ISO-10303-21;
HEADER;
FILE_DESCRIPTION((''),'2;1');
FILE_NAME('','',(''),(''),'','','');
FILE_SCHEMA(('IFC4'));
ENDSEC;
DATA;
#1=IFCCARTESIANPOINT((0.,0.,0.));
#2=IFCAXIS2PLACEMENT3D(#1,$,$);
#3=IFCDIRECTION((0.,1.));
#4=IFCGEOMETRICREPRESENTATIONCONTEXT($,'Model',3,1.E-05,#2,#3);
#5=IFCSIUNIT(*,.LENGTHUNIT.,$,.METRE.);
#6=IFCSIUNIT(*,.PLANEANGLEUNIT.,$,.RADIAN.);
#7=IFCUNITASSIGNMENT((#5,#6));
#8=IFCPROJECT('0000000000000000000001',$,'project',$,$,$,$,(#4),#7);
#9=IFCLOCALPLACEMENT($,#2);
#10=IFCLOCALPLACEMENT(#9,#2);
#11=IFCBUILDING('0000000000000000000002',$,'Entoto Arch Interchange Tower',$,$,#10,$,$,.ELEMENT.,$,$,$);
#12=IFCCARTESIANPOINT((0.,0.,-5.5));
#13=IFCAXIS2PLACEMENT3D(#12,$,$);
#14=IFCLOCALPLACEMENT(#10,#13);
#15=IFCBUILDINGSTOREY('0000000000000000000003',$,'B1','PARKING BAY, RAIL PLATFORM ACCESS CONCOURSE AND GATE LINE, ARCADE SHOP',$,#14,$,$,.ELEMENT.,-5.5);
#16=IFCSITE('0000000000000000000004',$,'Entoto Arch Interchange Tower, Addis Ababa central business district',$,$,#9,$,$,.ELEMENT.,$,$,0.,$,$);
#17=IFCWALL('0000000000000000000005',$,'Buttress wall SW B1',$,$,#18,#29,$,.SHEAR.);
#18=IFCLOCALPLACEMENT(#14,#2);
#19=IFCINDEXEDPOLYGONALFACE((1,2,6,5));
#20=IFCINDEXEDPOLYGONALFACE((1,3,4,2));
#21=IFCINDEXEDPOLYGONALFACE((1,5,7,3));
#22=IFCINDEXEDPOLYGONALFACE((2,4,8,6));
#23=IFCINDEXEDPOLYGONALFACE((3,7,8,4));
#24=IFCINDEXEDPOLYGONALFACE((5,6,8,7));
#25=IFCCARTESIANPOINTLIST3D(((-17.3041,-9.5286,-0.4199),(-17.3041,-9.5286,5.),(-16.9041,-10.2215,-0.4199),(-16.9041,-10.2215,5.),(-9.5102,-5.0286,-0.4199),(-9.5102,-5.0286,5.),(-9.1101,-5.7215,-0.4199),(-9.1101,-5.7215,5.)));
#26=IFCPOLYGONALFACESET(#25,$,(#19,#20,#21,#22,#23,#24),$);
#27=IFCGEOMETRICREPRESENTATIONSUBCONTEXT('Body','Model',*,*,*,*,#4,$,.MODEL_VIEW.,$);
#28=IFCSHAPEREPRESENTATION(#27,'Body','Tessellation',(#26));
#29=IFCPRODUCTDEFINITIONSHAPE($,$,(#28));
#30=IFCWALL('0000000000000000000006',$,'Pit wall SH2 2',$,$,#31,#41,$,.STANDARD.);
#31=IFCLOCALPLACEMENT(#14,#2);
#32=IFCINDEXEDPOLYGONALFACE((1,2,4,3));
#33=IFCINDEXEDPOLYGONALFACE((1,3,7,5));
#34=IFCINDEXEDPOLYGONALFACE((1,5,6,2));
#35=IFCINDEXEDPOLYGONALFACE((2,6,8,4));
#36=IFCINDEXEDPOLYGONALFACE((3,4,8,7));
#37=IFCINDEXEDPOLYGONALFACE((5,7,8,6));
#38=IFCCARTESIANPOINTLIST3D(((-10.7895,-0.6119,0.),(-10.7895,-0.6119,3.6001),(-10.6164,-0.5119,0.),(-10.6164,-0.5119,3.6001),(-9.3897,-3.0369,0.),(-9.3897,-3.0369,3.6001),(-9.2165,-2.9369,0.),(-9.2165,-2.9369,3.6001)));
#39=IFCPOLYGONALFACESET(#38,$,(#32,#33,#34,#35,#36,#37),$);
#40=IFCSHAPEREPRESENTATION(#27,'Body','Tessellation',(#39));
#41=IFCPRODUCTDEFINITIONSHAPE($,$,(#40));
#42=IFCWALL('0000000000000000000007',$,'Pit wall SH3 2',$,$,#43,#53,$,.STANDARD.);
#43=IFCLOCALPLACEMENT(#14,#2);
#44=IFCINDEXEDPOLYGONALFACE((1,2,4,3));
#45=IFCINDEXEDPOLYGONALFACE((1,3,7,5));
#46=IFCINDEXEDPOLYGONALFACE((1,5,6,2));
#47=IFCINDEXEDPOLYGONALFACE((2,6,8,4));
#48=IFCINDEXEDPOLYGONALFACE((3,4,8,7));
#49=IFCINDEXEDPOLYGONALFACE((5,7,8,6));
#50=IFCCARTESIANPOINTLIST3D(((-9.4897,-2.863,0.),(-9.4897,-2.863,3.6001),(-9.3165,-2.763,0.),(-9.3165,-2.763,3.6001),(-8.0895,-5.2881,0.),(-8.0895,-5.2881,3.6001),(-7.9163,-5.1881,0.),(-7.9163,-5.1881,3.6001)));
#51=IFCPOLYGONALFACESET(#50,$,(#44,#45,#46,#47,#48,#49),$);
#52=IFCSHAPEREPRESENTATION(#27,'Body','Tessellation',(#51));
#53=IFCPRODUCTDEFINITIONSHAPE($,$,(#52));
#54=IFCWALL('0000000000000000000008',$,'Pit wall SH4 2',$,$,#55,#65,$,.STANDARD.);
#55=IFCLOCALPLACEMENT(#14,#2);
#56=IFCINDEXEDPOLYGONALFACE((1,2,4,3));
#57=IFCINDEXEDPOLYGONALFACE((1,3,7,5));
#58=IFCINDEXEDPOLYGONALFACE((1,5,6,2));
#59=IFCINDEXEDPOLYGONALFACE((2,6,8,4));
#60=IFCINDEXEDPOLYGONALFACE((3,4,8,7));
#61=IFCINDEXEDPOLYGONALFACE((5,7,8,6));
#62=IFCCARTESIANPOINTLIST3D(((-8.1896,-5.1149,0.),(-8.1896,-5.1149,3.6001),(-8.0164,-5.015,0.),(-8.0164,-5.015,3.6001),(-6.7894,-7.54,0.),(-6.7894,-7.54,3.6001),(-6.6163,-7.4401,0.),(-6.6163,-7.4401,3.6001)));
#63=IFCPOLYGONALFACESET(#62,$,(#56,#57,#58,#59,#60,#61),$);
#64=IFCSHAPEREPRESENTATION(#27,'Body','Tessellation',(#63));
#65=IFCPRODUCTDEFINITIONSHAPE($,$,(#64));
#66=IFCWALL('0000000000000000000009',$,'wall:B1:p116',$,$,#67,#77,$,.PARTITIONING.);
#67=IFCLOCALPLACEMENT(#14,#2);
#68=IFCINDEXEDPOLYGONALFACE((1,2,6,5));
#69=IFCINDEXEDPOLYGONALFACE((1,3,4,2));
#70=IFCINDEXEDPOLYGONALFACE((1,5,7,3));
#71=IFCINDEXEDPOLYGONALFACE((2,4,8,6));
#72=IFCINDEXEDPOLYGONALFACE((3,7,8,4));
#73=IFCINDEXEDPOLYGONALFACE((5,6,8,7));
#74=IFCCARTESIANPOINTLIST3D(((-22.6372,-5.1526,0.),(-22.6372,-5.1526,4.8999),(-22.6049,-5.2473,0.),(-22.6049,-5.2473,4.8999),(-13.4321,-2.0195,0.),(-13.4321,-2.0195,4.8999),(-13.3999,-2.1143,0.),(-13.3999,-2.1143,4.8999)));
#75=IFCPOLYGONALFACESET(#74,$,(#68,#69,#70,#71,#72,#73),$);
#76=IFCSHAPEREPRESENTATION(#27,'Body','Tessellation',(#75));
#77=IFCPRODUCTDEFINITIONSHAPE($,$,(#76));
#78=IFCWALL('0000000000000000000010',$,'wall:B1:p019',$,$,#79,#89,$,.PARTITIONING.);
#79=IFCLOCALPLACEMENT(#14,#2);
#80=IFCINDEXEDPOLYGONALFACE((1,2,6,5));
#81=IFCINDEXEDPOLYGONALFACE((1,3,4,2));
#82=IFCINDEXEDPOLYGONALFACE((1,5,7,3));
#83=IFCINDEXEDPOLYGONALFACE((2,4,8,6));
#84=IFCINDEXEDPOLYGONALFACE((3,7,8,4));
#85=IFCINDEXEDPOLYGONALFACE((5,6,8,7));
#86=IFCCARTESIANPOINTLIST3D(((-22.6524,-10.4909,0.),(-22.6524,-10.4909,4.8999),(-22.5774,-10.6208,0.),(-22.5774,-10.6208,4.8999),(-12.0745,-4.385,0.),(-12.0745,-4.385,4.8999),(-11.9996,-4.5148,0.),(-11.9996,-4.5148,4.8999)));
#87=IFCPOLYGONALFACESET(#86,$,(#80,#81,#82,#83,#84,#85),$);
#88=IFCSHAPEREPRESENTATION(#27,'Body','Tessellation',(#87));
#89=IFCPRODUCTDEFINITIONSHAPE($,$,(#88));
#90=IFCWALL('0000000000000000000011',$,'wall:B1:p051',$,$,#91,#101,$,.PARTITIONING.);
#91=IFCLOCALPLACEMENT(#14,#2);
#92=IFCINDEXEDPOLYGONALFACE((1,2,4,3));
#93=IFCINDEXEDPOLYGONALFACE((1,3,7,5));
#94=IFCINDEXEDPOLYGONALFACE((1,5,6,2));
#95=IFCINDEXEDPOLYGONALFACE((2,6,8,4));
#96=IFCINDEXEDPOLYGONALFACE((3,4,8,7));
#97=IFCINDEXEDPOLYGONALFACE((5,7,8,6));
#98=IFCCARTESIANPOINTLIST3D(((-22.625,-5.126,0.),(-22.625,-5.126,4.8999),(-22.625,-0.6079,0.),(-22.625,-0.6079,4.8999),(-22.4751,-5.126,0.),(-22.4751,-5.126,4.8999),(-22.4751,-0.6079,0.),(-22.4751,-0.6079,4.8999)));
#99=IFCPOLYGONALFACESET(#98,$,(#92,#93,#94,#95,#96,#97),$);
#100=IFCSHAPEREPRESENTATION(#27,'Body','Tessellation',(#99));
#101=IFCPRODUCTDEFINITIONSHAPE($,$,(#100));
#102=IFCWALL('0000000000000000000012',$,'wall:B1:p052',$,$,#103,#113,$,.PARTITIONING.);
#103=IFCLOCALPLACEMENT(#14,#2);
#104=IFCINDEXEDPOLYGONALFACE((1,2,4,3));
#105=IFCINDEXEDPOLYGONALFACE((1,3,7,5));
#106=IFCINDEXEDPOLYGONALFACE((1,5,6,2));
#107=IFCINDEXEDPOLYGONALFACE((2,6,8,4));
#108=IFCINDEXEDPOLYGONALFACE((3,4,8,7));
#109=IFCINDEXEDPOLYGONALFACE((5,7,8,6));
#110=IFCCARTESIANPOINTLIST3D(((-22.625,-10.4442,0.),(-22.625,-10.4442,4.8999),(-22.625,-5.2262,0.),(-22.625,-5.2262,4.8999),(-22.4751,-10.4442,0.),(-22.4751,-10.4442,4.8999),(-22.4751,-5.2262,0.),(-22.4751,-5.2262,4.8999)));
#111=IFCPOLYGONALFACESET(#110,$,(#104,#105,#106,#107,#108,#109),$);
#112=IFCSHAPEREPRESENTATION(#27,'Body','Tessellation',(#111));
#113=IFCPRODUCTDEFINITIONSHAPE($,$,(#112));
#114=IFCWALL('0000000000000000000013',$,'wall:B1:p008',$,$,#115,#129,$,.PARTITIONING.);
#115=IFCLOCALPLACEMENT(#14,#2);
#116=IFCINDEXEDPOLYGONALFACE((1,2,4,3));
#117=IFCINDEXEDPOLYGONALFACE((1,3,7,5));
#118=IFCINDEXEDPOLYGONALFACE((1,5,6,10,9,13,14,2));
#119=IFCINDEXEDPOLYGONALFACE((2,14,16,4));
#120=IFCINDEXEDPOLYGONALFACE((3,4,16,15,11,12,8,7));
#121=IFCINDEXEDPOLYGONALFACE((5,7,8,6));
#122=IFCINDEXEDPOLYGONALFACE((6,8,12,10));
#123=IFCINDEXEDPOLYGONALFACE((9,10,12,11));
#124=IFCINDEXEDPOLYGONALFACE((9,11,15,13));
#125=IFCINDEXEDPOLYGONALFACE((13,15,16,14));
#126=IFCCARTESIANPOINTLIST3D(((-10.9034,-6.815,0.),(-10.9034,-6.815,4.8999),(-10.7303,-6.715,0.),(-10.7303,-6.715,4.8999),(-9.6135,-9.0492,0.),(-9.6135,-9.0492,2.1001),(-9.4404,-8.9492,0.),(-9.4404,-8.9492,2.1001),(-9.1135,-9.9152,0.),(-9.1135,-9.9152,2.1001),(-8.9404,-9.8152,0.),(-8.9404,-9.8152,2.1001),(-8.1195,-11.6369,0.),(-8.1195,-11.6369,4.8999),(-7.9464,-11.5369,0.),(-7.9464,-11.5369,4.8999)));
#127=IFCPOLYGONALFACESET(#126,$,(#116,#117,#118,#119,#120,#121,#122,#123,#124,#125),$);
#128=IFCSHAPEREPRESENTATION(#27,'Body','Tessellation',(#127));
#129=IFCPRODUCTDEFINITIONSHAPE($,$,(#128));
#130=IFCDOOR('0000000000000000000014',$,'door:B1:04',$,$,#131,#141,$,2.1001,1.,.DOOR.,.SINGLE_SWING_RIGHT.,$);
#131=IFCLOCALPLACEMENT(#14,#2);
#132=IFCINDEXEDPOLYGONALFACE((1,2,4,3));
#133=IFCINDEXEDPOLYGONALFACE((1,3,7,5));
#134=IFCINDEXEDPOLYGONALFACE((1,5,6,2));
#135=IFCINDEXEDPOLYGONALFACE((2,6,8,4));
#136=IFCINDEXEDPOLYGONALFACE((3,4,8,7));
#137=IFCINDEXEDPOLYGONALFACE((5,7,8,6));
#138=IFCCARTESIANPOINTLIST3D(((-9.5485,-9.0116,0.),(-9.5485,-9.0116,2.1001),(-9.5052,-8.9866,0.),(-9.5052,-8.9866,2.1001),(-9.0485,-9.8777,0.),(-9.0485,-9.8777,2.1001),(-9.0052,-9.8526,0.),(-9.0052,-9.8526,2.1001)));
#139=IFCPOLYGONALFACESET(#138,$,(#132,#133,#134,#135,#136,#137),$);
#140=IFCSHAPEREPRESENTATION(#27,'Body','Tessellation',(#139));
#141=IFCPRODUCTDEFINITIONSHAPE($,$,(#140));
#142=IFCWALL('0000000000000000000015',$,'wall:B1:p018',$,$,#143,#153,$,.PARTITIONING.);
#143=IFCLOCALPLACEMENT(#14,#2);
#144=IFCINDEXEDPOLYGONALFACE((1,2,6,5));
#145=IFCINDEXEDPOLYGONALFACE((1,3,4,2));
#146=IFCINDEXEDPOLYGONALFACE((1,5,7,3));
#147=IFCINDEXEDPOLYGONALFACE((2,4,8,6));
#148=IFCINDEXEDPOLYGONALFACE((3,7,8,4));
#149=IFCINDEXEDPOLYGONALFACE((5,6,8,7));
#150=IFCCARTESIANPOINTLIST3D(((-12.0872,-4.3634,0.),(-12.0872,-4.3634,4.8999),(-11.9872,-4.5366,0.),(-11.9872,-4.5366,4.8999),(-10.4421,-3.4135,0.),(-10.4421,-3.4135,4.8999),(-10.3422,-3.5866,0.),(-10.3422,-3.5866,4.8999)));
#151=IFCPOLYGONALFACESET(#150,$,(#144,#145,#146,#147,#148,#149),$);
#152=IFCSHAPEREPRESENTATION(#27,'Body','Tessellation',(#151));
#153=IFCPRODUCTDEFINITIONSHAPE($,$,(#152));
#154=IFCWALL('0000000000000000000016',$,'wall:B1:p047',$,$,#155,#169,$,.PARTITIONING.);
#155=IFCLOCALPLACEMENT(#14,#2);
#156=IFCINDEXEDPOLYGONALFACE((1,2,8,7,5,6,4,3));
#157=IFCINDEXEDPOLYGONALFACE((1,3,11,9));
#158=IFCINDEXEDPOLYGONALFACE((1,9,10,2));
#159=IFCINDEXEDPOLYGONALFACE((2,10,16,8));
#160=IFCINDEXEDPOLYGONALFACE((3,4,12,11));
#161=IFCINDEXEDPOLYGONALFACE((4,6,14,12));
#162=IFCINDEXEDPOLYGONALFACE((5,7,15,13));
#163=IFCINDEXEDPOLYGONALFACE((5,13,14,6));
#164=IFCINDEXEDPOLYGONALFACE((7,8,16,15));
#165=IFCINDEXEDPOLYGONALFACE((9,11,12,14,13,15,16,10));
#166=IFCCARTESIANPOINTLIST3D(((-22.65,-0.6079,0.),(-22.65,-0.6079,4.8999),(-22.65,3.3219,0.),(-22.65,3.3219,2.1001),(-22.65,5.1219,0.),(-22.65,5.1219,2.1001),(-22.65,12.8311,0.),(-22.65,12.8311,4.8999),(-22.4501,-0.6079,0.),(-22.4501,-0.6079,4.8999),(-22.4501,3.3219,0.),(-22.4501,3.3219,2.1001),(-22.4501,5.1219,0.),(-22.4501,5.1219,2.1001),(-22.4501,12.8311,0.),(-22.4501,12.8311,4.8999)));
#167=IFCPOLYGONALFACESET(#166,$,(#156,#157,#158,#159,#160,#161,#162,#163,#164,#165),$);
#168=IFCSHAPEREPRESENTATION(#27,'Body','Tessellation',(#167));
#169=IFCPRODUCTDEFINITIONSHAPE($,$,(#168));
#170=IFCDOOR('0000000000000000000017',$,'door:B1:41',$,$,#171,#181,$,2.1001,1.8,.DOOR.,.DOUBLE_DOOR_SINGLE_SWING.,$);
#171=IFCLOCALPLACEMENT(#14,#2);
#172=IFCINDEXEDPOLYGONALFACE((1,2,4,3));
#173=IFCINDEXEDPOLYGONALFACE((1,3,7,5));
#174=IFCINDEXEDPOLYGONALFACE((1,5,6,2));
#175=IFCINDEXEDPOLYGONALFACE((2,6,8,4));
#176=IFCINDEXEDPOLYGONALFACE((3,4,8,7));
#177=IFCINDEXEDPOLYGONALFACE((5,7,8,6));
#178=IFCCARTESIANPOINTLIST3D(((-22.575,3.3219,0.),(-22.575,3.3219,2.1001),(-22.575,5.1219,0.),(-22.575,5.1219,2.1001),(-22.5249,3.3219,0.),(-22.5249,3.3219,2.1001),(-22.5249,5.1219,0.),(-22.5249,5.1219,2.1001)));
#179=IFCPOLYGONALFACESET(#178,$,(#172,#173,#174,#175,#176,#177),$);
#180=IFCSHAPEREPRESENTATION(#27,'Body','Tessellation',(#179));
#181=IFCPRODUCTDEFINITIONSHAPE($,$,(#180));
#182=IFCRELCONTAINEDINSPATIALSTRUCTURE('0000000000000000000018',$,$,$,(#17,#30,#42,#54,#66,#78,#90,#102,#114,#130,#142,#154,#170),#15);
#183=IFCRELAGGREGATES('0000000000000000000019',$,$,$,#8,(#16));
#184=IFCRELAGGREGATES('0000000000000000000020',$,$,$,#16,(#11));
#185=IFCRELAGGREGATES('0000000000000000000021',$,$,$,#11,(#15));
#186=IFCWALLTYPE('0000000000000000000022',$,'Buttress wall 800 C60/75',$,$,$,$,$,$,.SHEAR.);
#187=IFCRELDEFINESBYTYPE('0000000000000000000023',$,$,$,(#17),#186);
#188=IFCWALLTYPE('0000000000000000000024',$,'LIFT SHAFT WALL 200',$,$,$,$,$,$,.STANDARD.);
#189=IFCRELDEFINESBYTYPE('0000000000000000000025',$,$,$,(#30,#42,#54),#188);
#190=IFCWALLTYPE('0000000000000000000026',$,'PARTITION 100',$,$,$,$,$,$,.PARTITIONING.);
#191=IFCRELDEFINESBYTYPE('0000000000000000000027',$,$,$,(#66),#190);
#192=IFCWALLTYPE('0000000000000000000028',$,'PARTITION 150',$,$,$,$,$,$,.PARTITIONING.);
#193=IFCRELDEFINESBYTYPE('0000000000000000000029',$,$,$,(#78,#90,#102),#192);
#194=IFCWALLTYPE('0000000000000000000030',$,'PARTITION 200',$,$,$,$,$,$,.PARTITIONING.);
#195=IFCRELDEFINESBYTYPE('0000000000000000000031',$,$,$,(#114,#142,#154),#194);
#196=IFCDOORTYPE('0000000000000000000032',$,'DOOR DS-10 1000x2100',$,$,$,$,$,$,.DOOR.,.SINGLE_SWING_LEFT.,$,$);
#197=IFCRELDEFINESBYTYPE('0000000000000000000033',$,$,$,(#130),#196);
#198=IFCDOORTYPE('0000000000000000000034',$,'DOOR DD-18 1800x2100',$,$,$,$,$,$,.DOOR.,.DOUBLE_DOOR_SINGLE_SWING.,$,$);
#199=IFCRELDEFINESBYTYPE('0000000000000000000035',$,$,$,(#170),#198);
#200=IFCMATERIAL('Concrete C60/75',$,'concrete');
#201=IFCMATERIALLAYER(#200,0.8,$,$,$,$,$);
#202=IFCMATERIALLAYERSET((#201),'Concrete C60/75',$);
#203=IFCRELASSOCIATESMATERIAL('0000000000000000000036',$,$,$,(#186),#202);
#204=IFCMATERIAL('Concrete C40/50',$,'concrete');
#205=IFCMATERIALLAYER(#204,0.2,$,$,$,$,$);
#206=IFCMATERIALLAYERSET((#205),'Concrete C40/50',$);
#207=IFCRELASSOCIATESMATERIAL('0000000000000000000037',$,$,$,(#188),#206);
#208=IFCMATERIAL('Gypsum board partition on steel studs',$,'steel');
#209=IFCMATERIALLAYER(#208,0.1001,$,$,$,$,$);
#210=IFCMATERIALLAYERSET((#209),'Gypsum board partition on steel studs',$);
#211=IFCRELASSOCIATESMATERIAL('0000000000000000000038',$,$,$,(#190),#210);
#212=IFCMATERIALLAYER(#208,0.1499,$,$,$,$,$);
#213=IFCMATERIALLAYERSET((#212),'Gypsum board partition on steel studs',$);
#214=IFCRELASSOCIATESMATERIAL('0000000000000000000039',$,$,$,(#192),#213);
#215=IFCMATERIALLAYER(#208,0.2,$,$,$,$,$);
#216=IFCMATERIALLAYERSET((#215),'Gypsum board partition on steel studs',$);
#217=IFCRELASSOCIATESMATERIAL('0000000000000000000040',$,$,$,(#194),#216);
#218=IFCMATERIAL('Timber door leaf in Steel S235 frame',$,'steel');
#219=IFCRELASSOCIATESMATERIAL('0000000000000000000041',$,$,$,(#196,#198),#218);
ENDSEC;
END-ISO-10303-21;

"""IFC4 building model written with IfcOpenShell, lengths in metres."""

from ifc_helpers import new_model, si_unit, direction, frame, frame_2d, origin, place, context, subcontext, project, spatial, rectangle, extrude, material, layer, layer_set, type_object, element, fill, save


model = new_model("IFC4")

# Units and contexts
model_context = context("Model", 3, precision=1e-05, world=origin(), true_north=direction((0.0, 1.0)))
body_context = subcontext(model_context, "Body", "Model", "MODEL_VIEW")
ifc_project = project(units=[si_unit("LENGTHUNIT", "METRE"), si_unit("PLANEANGLEUNIT", "RADIAN")], contexts=[model_context])

# Site, building, storey
site_placement = place(None, origin())
site = spatial("IfcSite", under=ifc_project, at=site_placement, Name="Entoto Arch Interchange Tower, Addis Ababa central business district", CompositionType="ELEMENT", RefElevation=0.0)
building_placement = place(site_placement, origin())
building = spatial("IfcBuilding", under=site, at=building_placement, Name="Entoto Arch Interchange Tower", CompositionType="ELEMENT")
storey_placement = place(building_placement, frame((0.0, 0.0, -5.5)))
storey = spatial("IfcBuildingStorey", under=building, at=storey_placement, Name="B1", Description="PARKING BAY, RAIL PLATFORM ACCESS CONCOURSE AND GATE LINE, ARCADE SHOP", CompositionType="ELEMENT", Elevation=-5.5)

# Walls
ifc_material_1 = material(Name="Concrete C60/75", Category="concrete")
ifc_layer_1 = layer(ifc_material_1, 0.8)
ifc_layer_set_1 = layer_set([ifc_layer_1], Name="Concrete C60/75")
wall_type_1 = type_object("IfcWallType", Name="Buttress wall 800 C60/75", PredefinedType="SHEAR", material=ifc_layer_set_1)
wall_1_placement = place(storey_placement, frame((-9.3101, -5.375, -0.4199), z_axis=(0.0, 0.0, 1.0), x_axis=(-0.866018, -0.500014, 0.0)))
element("IfcWall", 1, at=wall_1_placement, inside=storey, type_object=wall_type_1, Name="Buttress wall SW B1", PredefinedType="SHEAR", context=body_context, shape_type="SweptSolid", body=[
    extrude(rectangle(XDim=8.9998, YDim=0.8, at=frame_2d((4.5, 0.0))), origin(), (0.0, 0.0, 1.0), 5.4199),
])
ifc_material_2 = material(Name="Concrete C40/50", Category="concrete")
ifc_layer_2 = layer(ifc_material_2, 0.2)
ifc_layer_set_2 = layer_set([ifc_layer_2], Name="Concrete C40/50")
wall_type_2 = type_object("IfcWallType", Name="LIFT SHAFT WALL 200", PredefinedType="STANDARD", material=ifc_layer_set_2)
wall_2_placement = place(storey_placement, frame((-10.7029, -0.562, 0.0), z_axis=(0.0, 0.0, 1.0), x_axis=(0.499946, -0.866056, 0.0)))
element("IfcWall", 2, at=wall_2_placement, inside=storey, type_object=wall_type_2, Name="Pit wall SH2 2", PredefinedType="STANDARD", context=body_context, shape_type="SweptSolid", body=[
    extrude(rectangle(XDim=2.8, YDim=0.2, at=frame_2d((1.3999, 0.0))), origin(), (0.0, 0.0, 1.0), 3.6001),
])
for number, where, z_axis, x_axis, name in (
    (3, (-9.4031, -2.813, 0.0), (0.0, 0.0, 1.0), (0.500012, -0.866019, 0.0), "Pit wall SH3 2"),
    (4, (-8.103, -5.0649, 0.0), (0.0, 0.0, 1.0), (0.500012, -0.866019, 0.0), "Pit wall SH4 2"),
):
    element("IfcWall", number, at=place(storey_placement, frame(where, z_axis=z_axis, x_axis=x_axis)), inside=storey, type_object=wall_type_2, Name=name, PredefinedType="STANDARD", context=body_context, shape_type="SweptSolid", body=[
        extrude(rectangle(XDim=2.8003, YDim=0.2, at=frame_2d((1.4001, 0.0))), origin(), (0.0, 0.0, 1.0), 3.6001),
    ])
ifc_material_3 = material(Name="Gypsum board partition on steel studs", Category="steel")
ifc_layer_3 = layer(ifc_material_3, 0.1001)
ifc_layer_set_3 = layer_set([ifc_layer_3], Name="Gypsum board partition on steel studs")
wall_type_3 = type_object("IfcWallType", Name="PARTITION 100", PredefinedType="PARTITIONING", material=ifc_layer_set_3)
wall_3_placement = place(storey_placement, frame((-13.416, -2.0669, 0.0), z_axis=(0.0, 0.0, 1.0), x_axis=(-0.946668, -0.32221, 0.0)))
element("IfcWall", 5, at=wall_3_placement, inside=storey, type_object=wall_type_3, Name="wall:B1:p116", PredefinedType="PARTITIONING", context=body_context, shape_type="SweptSolid", body=[
    extrude(rectangle(XDim=9.7236, YDim=0.1001, at=frame_2d((4.8618, 0.0))), origin(), (0.0, 0.0, 1.0), 4.8999),
])
ifc_layer_4 = layer(ifc_material_3, 0.1499)
ifc_layer_set_4 = layer_set([ifc_layer_4], Name="Gypsum board partition on steel studs")
wall_type_4 = type_object("IfcWallType", Name="PARTITION 150", PredefinedType="PARTITIONING", material=ifc_layer_set_4)
wall_4_placement = place(storey_placement, frame((-22.615, -10.5559, 0.0), z_axis=(0.0, 0.0, 1.0), x_axis=(0.866067, 0.499927, 0.0)))
element("IfcWall", 6, at=wall_4_placement, inside=storey, type_object=wall_type_4, Name="wall:B1:p019", PredefinedType="PARTITIONING", context=body_context, shape_type="SweptSolid", body=[
    extrude(rectangle(XDim=12.2136, YDim=0.1499, at=frame_2d((6.1069, 0.0))), origin(), (0.0, 0.0, 1.0), 4.8999),
])
wall_5_placement = place(storey_placement, frame((-22.55, -5.126, 0.0), z_axis=(0.0, 0.0, 1.0), x_axis=(0.0, 1.0, 0.0)))
element("IfcWall", 7, at=wall_5_placement, inside=storey, type_object=wall_type_4, Name="wall:B1:p051", PredefinedType="PARTITIONING", context=body_context, shape_type="SweptSolid", body=[
    extrude(rectangle(XDim=4.5181, YDim=0.1499, at=frame_2d((2.259, 0.0))), origin(), (0.0, 0.0, 1.0), 4.8999),
])
wall_6_placement = place(storey_placement, frame((-22.55, -10.4441, 0.0), z_axis=(0.0, 0.0, 1.0), x_axis=(0.0, 1.0, 0.0)))
element("IfcWall", 8, at=wall_6_placement, inside=storey, type_object=wall_type_4, Name="wall:B1:p052", PredefinedType="PARTITIONING", context=body_context, shape_type="SweptSolid", body=[
    extrude(rectangle(XDim=5.218, YDim=0.1499, at=frame_2d((2.6089, 0.0))), origin(), (0.0, 0.0, 1.0), 4.8999),
])

# Wall, opening, door
ifc_layer_5 = layer(ifc_material_3, 0.2)
ifc_layer_set_5 = layer_set([ifc_layer_5], Name="Gypsum board partition on steel studs")
wall_type_5 = type_object("IfcWallType", Name="PARTITION 200", PredefinedType="PARTITIONING", material=ifc_layer_set_5)
wall_7_placement = place(storey_placement, frame((-8.033, -11.5869, 0.0), z_axis=(0.0, 0.0, 1.0), x_axis=(-0.499992, 0.86603, 0.0)))
wall_7 = element("IfcWall", 9, at=wall_7_placement, inside=storey, type_object=wall_type_5, Name="wall:B1:p008", PredefinedType="PARTITIONING", context=body_context, shape_type="SweptSolid", body=[
    extrude(rectangle(XDim=5.5679, YDim=0.2, at=frame_2d((2.7839, 0.0))), origin(), (0.0, 0.0, 1.0), 4.8999),
])
opening_1_placement = place(wall_7_placement, frame((1.988, 0.0, 0.0)))
opening_1 = element("IfcOpeningElement", 10, at=opening_1_placement, cuts=wall_7, PredefinedType="OPENING", context=body_context, shape_type="SweptSolid", body=[
    extrude(rectangle(XDim=1.0, YDim=2.1001, at=frame_2d((0.5, 1.05))), frame((0.0, 0.1099, 0.0), z_axis=(0.0, -1.0, 0.0), x_axis=(1.0, 0.0, 0.0)), (0.0, 0.0, 1.0), 0.22),
])
ifc_material_4 = material(Name="Timber door leaf in Steel S235 frame", Category="steel")
door_type_1 = type_object("IfcDoorType", Name="DOOR DS-10 1000x2100", OperationType="SINGLE_SWING_LEFT", PredefinedType="DOOR", material=ifc_material_4)
door_1_placement = place(opening_1_placement, origin())
door_1 = element("IfcDoor", 11, at=door_1_placement, inside=storey, type_object=door_type_1, Name="door:B1:04", OperationType="SINGLE_SWING_RIGHT", OverallHeight=2.1001, OverallWidth=1.0, PredefinedType="DOOR", context=body_context, shape_type="SweptSolid", body=[
    extrude(rectangle(XDim=1.0, YDim=2.1001, at=frame_2d((0.5, 1.05))), frame((0.0, 0.0249, 0.0), z_axis=(0.0, -1.0, 0.0), x_axis=(1.0, 0.0, 0.0)), (0.0, 0.0, 1.0), 0.05),
])
fill(opening_1, door_1)

# Wall
wall_8_placement = place(storey_placement, frame((-12.0371, -4.45, 0.0), z_axis=(0.0, 0.0, 1.0), x_axis=(0.86598, 0.500078, 0.0)))
element("IfcWall", 12, at=wall_8_placement, inside=storey, type_object=wall_type_5, Name="wall:B1:p018", PredefinedType="PARTITIONING", context=body_context, shape_type="SweptSolid", body=[
    extrude(rectangle(XDim=1.8997, YDim=0.2, at=frame_2d((0.9497, 0.0))), origin(), (0.0, 0.0, 1.0), 4.8999),
])

# Wall, opening, door
wall_9_placement = place(storey_placement, frame((-22.55, -0.6079, 0.0), z_axis=(0.0, 0.0, 1.0), x_axis=(0.0, 1.0, 0.0)))
wall_9 = element("IfcWall", 13, at=wall_9_placement, inside=storey, type_object=wall_type_5, Name="wall:B1:p047", PredefinedType="PARTITIONING", context=body_context, shape_type="SweptSolid", body=[
    extrude(rectangle(XDim=13.439, YDim=0.2, at=frame_2d((6.7195, 0.0))), origin(), (0.0, 0.0, 1.0), 4.8999),
])
opening_2_placement = place(wall_9_placement, frame((3.9299, 0.0, 0.0)))
opening_2 = element("IfcOpeningElement", 14, at=opening_2_placement, cuts=wall_9, PredefinedType="OPENING", context=body_context, shape_type="SweptSolid", body=[
    extrude(rectangle(XDim=1.8, YDim=2.1001, at=frame_2d((0.8999, 1.05))), frame((0.0, 0.1099, 0.0), z_axis=(0.0, -1.0, 0.0), x_axis=(1.0, 0.0, 0.0)), (0.0, 0.0, 1.0), 0.22),
])
door_type_2 = type_object("IfcDoorType", Name="DOOR DD-18 1800x2100", OperationType="DOUBLE_DOOR_SINGLE_SWING", PredefinedType="DOOR", material=ifc_material_4)
door_2_placement = place(opening_2_placement, origin())
door_2 = element("IfcDoor", 15, at=door_2_placement, inside=storey, type_object=door_type_2, Name="door:B1:41", OperationType="DOUBLE_DOOR_SINGLE_SWING", OverallHeight=2.1001, OverallWidth=1.8, PredefinedType="DOOR", context=body_context, shape_type="SweptSolid", body=[
    extrude(rectangle(XDim=1.8, YDim=2.1001, at=frame_2d((0.8999, 1.05))), frame((0.0, 0.0249, 0.0), z_axis=(0.0, -1.0, 0.0), x_axis=(1.0, 0.0, 0.0)), (0.0, 0.0, 1.0), 0.05),
])
fill(opening_2, door_2)

save(model, "model.ifc")
